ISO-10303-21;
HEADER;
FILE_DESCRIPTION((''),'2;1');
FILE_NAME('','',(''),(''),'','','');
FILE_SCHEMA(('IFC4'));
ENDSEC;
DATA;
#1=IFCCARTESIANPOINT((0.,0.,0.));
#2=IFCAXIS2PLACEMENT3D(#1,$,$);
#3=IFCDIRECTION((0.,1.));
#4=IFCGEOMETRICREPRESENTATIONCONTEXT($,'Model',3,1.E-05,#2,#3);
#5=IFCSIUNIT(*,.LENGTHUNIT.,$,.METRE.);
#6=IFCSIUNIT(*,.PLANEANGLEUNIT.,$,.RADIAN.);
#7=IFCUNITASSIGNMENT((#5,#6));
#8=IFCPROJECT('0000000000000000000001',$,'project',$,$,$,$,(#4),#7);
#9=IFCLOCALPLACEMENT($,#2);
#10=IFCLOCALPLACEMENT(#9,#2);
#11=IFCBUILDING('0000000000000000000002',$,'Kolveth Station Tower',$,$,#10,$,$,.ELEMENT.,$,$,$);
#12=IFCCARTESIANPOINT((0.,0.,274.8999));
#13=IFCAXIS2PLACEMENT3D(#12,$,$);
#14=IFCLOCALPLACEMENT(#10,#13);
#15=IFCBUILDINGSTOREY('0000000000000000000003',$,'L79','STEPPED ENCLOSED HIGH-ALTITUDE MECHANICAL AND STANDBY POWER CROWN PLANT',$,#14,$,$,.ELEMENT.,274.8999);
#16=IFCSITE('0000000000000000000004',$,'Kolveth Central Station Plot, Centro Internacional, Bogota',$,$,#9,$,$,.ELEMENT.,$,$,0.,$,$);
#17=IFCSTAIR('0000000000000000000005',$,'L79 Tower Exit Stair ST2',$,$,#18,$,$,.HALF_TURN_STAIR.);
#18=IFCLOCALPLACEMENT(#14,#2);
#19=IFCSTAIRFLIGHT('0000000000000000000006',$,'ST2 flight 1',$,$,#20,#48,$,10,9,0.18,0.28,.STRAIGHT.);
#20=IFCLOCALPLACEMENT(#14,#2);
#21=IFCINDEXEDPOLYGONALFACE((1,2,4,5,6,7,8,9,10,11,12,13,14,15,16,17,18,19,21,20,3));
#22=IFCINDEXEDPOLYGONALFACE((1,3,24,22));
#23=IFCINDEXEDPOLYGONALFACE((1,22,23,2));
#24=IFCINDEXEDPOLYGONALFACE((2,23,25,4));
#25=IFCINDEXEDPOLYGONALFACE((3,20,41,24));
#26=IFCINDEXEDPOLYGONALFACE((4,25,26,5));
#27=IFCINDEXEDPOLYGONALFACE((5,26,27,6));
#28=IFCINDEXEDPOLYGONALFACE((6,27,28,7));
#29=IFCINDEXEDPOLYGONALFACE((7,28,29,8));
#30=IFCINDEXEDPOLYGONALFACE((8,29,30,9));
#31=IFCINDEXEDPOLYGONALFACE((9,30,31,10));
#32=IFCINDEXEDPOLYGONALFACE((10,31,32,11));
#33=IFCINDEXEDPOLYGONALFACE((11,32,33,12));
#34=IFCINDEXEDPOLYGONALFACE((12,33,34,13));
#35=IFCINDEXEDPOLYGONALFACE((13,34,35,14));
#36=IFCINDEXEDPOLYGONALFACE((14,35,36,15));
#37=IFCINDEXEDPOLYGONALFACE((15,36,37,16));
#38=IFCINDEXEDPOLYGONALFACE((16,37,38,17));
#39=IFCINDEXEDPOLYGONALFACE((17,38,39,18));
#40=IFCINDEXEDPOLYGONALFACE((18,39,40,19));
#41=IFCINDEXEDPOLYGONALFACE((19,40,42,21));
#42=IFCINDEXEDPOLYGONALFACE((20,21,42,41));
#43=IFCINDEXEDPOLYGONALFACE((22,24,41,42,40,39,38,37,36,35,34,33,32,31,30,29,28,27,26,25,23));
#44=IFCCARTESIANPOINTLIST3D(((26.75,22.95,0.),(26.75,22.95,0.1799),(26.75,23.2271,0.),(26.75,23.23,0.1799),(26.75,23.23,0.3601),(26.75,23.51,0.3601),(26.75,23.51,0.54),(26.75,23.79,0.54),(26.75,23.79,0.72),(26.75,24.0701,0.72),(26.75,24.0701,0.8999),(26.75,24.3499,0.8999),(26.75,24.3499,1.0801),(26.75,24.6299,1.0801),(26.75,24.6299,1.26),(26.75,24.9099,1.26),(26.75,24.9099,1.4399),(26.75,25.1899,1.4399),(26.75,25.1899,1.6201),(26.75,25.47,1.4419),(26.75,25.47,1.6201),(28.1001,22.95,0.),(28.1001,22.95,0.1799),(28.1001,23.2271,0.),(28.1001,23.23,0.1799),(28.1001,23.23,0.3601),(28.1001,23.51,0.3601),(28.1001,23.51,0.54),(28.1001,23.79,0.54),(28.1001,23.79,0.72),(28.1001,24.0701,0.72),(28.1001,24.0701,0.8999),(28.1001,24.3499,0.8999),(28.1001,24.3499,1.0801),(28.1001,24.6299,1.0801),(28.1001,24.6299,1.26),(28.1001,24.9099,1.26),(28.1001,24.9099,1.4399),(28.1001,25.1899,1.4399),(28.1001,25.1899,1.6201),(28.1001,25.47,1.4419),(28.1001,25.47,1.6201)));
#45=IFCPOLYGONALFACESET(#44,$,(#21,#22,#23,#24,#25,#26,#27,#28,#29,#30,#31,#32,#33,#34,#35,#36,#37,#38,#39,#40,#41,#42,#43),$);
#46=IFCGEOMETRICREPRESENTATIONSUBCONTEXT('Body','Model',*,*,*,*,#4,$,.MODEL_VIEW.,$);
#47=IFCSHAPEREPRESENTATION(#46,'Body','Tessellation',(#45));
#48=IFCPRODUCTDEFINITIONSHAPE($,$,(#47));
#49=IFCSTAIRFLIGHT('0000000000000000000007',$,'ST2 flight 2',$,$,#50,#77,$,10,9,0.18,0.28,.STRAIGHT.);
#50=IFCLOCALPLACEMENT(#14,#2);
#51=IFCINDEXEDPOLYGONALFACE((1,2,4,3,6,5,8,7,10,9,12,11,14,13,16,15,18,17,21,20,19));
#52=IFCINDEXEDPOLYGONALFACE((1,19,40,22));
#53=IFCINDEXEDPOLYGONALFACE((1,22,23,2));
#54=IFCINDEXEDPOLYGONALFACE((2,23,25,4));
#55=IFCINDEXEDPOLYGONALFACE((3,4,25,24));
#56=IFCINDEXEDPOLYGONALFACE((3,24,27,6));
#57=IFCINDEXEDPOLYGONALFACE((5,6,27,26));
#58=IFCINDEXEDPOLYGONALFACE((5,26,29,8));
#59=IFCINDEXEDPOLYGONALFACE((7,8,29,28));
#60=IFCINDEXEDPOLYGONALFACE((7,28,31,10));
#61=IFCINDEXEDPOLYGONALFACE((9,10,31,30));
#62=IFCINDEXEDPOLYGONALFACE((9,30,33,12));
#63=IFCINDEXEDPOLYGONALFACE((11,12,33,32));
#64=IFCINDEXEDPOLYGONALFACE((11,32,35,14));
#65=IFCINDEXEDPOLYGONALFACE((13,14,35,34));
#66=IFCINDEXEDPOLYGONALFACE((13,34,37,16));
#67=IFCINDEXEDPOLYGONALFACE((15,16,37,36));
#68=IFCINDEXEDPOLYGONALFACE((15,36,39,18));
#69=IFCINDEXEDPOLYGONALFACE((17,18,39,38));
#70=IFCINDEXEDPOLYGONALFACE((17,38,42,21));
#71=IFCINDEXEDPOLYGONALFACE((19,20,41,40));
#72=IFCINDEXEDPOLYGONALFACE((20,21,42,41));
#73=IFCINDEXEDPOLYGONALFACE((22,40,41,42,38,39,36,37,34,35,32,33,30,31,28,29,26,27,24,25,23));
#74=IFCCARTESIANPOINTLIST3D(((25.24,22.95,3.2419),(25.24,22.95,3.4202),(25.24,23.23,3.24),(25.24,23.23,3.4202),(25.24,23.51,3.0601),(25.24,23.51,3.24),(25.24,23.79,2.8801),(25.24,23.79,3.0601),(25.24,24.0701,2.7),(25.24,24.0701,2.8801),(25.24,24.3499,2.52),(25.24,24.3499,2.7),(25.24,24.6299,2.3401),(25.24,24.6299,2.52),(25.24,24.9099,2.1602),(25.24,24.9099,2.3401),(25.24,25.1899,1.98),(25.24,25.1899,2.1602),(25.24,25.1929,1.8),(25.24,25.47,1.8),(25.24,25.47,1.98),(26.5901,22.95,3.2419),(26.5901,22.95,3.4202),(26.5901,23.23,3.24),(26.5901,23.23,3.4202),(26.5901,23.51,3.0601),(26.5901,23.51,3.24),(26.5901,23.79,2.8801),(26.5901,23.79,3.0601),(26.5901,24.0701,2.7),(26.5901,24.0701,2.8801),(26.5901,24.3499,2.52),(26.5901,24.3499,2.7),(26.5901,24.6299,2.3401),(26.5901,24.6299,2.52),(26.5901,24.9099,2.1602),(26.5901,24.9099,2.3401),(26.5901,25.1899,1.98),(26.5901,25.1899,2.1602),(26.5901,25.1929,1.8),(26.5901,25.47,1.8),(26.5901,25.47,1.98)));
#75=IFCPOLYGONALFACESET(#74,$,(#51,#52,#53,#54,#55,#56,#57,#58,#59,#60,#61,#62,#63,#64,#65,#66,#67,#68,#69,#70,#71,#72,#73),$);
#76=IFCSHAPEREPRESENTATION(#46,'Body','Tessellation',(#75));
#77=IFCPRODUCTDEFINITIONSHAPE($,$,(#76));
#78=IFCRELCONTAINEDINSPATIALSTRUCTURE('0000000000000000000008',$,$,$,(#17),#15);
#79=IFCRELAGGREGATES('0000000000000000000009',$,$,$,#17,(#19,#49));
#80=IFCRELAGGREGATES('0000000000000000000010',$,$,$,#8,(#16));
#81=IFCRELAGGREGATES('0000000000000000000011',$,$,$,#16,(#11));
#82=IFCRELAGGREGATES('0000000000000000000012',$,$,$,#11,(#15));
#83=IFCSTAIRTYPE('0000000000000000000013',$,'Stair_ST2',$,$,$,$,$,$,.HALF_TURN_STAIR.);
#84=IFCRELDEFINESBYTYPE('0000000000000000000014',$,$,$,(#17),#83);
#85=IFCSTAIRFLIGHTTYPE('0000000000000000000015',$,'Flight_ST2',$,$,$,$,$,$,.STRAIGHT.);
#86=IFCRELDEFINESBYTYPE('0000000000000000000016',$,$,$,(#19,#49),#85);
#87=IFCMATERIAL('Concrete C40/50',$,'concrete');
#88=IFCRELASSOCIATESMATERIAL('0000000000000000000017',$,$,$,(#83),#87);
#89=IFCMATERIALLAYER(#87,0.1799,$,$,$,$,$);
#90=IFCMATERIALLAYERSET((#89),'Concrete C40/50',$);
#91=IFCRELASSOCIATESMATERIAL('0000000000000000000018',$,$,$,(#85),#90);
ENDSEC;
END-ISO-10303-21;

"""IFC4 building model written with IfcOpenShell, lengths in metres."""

from ifc_helpers import new_model, si_unit, direction, frame, origin, place, context, subcontext, project, spatial, polyline, outline, extrude, material, layer, layer_set, type_object, element, aggregate, save


model = new_model("IFC4")

# Units and contexts
model_context = context("Model", 3, precision=1e-05, world=origin(), true_north=direction((0.0, 1.0)))
body_context = subcontext(model_context, "Body", "Model", "MODEL_VIEW")
ifc_project = project(units=[si_unit("LENGTHUNIT", "METRE"), si_unit("PLANEANGLEUNIT", "RADIAN")], contexts=[model_context])

# Site, building, storey
site_placement = place(None, origin())
site = spatial("IfcSite", under=ifc_project, at=site_placement, Name="Kolveth Central Station Plot, Centro Internacional, Bogota", CompositionType="ELEMENT", RefElevation=0.0)
building_placement = place(site_placement, origin())
building = spatial("IfcBuilding", under=site, at=building_placement, Name="Kolveth Station Tower", CompositionType="ELEMENT")
storey_placement = place(building_placement, frame((0.0, 0.0, 274.8999)))
storey = spatial("IfcBuildingStorey", under=building, at=storey_placement, Name="L79", Description="STEPPED ENCLOSED HIGH-ALTITUDE MECHANICAL AND STANDBY POWER CROWN PLANT", CompositionType="ELEMENT", Elevation=274.8999)

# Shared definitions
ifc_material_1 = material(Name="Concrete C40/50", Category="concrete")

# Stair, stair flights
stair_type_1 = type_object("IfcStairType", Name="Stair_ST2", PredefinedType="HALF_TURN_STAIR", material=ifc_material_1)
stair_1_placement = place(storey_placement, origin())
stair_1 = element("IfcStair", 1, at=stair_1_placement, inside=storey, type_object=stair_type_1, Name="L79 Tower Exit Stair ST2", PredefinedType="HALF_TURN_STAIR")
ifc_layer_1 = layer(ifc_material_1, 0.1799)
ifc_layer_set_1 = layer_set([ifc_layer_1], Name="Concrete C40/50")
stair_flight_type_1 = type_object("IfcStairFlightType", Name="Flight_ST2", PredefinedType="STRAIGHT", material=ifc_layer_set_1)
stair_flight_1_placement = place(storey_placement, frame((27.425, 22.95, 0.0), z_axis=(0.0, 0.0, 1.0), x_axis=(0.0, 1.0, 0.0)))
stair_flight_1 = element("IfcStairFlight", 2, at=stair_flight_1_placement, type_object=stair_flight_type_1, Name="ST2 flight 1", NumberOfRisers=10, NumberOfTreads=9, PredefinedType="STRAIGHT", RiserHeight=0.18, TreadLength=0.28, context=body_context, shape_type="SweptSolid", body=[
    extrude(outline(polyline([(0.0, 0.0), (0.0, 0.1799), (0.28, 0.1799), (0.28, 0.3601), (0.5601, 0.3601), (0.5601, 0.54), (0.8401, 0.54), (0.8401, 0.72), (1.1201, 0.72), (1.1201, 0.8999), (1.3999, 0.8999), (1.3999, 1.0801), (1.6799, 1.0801), (1.6799, 1.26), (1.96, 1.26), (1.96, 1.4399), (2.24, 1.4399), (2.24, 1.6201), (2.52, 1.6201), (2.52, 1.8), (2.52, 1.4419), (0.2771, 0.0), (0.0, 0.0)])), frame((0.0, 0.675, 0.0), z_axis=(0.0, -1.0, 0.0), x_axis=(1.0, 0.0, 0.0)), (0.0, 0.0, 1.0), 1.3501),
])
stair_flight_2_placement = place(storey_placement, frame((25.915, 25.47, 1.8), z_axis=(0.0, 0.0, 1.0), x_axis=(0.0, -1.0, 0.0)))
stair_flight_2 = element("IfcStairFlight", 3, at=stair_flight_2_placement, type_object=stair_flight_type_1, Name="ST2 flight 2", NumberOfRisers=10, NumberOfTreads=9, PredefinedType="STRAIGHT", RiserHeight=0.18, TreadLength=0.28, context=body_context, shape_type="SweptSolid", body=[
    extrude(outline(polyline([(0.0, 0.0), (0.0, 0.1799), (0.28, 0.1799), (0.28, 0.3601), (0.5601, 0.3601), (0.5601, 0.54), (0.8401, 0.54), (0.8401, 0.72), (1.1201, 0.72), (1.1201, 0.8999), (1.3999, 0.8999), (1.3999, 1.0801), (1.6799, 1.0801), (1.6799, 1.26), (1.96, 1.26), (1.96, 1.4399), (2.24, 1.4399), (2.24, 1.6201), (2.52, 1.6201), (2.52, 1.8), (2.52, 1.4419), (0.2771, 0.0), (0.0, 0.0)])), frame((0.0, 0.675, 0.0), z_axis=(0.0, -1.0, 0.0), x_axis=(1.0, 0.0, 0.0)), (0.0, 0.0, 1.0), 1.3501),
])
aggregate(stair_1, [stair_flight_1, stair_flight_2])

save(model, "model.ifc")
